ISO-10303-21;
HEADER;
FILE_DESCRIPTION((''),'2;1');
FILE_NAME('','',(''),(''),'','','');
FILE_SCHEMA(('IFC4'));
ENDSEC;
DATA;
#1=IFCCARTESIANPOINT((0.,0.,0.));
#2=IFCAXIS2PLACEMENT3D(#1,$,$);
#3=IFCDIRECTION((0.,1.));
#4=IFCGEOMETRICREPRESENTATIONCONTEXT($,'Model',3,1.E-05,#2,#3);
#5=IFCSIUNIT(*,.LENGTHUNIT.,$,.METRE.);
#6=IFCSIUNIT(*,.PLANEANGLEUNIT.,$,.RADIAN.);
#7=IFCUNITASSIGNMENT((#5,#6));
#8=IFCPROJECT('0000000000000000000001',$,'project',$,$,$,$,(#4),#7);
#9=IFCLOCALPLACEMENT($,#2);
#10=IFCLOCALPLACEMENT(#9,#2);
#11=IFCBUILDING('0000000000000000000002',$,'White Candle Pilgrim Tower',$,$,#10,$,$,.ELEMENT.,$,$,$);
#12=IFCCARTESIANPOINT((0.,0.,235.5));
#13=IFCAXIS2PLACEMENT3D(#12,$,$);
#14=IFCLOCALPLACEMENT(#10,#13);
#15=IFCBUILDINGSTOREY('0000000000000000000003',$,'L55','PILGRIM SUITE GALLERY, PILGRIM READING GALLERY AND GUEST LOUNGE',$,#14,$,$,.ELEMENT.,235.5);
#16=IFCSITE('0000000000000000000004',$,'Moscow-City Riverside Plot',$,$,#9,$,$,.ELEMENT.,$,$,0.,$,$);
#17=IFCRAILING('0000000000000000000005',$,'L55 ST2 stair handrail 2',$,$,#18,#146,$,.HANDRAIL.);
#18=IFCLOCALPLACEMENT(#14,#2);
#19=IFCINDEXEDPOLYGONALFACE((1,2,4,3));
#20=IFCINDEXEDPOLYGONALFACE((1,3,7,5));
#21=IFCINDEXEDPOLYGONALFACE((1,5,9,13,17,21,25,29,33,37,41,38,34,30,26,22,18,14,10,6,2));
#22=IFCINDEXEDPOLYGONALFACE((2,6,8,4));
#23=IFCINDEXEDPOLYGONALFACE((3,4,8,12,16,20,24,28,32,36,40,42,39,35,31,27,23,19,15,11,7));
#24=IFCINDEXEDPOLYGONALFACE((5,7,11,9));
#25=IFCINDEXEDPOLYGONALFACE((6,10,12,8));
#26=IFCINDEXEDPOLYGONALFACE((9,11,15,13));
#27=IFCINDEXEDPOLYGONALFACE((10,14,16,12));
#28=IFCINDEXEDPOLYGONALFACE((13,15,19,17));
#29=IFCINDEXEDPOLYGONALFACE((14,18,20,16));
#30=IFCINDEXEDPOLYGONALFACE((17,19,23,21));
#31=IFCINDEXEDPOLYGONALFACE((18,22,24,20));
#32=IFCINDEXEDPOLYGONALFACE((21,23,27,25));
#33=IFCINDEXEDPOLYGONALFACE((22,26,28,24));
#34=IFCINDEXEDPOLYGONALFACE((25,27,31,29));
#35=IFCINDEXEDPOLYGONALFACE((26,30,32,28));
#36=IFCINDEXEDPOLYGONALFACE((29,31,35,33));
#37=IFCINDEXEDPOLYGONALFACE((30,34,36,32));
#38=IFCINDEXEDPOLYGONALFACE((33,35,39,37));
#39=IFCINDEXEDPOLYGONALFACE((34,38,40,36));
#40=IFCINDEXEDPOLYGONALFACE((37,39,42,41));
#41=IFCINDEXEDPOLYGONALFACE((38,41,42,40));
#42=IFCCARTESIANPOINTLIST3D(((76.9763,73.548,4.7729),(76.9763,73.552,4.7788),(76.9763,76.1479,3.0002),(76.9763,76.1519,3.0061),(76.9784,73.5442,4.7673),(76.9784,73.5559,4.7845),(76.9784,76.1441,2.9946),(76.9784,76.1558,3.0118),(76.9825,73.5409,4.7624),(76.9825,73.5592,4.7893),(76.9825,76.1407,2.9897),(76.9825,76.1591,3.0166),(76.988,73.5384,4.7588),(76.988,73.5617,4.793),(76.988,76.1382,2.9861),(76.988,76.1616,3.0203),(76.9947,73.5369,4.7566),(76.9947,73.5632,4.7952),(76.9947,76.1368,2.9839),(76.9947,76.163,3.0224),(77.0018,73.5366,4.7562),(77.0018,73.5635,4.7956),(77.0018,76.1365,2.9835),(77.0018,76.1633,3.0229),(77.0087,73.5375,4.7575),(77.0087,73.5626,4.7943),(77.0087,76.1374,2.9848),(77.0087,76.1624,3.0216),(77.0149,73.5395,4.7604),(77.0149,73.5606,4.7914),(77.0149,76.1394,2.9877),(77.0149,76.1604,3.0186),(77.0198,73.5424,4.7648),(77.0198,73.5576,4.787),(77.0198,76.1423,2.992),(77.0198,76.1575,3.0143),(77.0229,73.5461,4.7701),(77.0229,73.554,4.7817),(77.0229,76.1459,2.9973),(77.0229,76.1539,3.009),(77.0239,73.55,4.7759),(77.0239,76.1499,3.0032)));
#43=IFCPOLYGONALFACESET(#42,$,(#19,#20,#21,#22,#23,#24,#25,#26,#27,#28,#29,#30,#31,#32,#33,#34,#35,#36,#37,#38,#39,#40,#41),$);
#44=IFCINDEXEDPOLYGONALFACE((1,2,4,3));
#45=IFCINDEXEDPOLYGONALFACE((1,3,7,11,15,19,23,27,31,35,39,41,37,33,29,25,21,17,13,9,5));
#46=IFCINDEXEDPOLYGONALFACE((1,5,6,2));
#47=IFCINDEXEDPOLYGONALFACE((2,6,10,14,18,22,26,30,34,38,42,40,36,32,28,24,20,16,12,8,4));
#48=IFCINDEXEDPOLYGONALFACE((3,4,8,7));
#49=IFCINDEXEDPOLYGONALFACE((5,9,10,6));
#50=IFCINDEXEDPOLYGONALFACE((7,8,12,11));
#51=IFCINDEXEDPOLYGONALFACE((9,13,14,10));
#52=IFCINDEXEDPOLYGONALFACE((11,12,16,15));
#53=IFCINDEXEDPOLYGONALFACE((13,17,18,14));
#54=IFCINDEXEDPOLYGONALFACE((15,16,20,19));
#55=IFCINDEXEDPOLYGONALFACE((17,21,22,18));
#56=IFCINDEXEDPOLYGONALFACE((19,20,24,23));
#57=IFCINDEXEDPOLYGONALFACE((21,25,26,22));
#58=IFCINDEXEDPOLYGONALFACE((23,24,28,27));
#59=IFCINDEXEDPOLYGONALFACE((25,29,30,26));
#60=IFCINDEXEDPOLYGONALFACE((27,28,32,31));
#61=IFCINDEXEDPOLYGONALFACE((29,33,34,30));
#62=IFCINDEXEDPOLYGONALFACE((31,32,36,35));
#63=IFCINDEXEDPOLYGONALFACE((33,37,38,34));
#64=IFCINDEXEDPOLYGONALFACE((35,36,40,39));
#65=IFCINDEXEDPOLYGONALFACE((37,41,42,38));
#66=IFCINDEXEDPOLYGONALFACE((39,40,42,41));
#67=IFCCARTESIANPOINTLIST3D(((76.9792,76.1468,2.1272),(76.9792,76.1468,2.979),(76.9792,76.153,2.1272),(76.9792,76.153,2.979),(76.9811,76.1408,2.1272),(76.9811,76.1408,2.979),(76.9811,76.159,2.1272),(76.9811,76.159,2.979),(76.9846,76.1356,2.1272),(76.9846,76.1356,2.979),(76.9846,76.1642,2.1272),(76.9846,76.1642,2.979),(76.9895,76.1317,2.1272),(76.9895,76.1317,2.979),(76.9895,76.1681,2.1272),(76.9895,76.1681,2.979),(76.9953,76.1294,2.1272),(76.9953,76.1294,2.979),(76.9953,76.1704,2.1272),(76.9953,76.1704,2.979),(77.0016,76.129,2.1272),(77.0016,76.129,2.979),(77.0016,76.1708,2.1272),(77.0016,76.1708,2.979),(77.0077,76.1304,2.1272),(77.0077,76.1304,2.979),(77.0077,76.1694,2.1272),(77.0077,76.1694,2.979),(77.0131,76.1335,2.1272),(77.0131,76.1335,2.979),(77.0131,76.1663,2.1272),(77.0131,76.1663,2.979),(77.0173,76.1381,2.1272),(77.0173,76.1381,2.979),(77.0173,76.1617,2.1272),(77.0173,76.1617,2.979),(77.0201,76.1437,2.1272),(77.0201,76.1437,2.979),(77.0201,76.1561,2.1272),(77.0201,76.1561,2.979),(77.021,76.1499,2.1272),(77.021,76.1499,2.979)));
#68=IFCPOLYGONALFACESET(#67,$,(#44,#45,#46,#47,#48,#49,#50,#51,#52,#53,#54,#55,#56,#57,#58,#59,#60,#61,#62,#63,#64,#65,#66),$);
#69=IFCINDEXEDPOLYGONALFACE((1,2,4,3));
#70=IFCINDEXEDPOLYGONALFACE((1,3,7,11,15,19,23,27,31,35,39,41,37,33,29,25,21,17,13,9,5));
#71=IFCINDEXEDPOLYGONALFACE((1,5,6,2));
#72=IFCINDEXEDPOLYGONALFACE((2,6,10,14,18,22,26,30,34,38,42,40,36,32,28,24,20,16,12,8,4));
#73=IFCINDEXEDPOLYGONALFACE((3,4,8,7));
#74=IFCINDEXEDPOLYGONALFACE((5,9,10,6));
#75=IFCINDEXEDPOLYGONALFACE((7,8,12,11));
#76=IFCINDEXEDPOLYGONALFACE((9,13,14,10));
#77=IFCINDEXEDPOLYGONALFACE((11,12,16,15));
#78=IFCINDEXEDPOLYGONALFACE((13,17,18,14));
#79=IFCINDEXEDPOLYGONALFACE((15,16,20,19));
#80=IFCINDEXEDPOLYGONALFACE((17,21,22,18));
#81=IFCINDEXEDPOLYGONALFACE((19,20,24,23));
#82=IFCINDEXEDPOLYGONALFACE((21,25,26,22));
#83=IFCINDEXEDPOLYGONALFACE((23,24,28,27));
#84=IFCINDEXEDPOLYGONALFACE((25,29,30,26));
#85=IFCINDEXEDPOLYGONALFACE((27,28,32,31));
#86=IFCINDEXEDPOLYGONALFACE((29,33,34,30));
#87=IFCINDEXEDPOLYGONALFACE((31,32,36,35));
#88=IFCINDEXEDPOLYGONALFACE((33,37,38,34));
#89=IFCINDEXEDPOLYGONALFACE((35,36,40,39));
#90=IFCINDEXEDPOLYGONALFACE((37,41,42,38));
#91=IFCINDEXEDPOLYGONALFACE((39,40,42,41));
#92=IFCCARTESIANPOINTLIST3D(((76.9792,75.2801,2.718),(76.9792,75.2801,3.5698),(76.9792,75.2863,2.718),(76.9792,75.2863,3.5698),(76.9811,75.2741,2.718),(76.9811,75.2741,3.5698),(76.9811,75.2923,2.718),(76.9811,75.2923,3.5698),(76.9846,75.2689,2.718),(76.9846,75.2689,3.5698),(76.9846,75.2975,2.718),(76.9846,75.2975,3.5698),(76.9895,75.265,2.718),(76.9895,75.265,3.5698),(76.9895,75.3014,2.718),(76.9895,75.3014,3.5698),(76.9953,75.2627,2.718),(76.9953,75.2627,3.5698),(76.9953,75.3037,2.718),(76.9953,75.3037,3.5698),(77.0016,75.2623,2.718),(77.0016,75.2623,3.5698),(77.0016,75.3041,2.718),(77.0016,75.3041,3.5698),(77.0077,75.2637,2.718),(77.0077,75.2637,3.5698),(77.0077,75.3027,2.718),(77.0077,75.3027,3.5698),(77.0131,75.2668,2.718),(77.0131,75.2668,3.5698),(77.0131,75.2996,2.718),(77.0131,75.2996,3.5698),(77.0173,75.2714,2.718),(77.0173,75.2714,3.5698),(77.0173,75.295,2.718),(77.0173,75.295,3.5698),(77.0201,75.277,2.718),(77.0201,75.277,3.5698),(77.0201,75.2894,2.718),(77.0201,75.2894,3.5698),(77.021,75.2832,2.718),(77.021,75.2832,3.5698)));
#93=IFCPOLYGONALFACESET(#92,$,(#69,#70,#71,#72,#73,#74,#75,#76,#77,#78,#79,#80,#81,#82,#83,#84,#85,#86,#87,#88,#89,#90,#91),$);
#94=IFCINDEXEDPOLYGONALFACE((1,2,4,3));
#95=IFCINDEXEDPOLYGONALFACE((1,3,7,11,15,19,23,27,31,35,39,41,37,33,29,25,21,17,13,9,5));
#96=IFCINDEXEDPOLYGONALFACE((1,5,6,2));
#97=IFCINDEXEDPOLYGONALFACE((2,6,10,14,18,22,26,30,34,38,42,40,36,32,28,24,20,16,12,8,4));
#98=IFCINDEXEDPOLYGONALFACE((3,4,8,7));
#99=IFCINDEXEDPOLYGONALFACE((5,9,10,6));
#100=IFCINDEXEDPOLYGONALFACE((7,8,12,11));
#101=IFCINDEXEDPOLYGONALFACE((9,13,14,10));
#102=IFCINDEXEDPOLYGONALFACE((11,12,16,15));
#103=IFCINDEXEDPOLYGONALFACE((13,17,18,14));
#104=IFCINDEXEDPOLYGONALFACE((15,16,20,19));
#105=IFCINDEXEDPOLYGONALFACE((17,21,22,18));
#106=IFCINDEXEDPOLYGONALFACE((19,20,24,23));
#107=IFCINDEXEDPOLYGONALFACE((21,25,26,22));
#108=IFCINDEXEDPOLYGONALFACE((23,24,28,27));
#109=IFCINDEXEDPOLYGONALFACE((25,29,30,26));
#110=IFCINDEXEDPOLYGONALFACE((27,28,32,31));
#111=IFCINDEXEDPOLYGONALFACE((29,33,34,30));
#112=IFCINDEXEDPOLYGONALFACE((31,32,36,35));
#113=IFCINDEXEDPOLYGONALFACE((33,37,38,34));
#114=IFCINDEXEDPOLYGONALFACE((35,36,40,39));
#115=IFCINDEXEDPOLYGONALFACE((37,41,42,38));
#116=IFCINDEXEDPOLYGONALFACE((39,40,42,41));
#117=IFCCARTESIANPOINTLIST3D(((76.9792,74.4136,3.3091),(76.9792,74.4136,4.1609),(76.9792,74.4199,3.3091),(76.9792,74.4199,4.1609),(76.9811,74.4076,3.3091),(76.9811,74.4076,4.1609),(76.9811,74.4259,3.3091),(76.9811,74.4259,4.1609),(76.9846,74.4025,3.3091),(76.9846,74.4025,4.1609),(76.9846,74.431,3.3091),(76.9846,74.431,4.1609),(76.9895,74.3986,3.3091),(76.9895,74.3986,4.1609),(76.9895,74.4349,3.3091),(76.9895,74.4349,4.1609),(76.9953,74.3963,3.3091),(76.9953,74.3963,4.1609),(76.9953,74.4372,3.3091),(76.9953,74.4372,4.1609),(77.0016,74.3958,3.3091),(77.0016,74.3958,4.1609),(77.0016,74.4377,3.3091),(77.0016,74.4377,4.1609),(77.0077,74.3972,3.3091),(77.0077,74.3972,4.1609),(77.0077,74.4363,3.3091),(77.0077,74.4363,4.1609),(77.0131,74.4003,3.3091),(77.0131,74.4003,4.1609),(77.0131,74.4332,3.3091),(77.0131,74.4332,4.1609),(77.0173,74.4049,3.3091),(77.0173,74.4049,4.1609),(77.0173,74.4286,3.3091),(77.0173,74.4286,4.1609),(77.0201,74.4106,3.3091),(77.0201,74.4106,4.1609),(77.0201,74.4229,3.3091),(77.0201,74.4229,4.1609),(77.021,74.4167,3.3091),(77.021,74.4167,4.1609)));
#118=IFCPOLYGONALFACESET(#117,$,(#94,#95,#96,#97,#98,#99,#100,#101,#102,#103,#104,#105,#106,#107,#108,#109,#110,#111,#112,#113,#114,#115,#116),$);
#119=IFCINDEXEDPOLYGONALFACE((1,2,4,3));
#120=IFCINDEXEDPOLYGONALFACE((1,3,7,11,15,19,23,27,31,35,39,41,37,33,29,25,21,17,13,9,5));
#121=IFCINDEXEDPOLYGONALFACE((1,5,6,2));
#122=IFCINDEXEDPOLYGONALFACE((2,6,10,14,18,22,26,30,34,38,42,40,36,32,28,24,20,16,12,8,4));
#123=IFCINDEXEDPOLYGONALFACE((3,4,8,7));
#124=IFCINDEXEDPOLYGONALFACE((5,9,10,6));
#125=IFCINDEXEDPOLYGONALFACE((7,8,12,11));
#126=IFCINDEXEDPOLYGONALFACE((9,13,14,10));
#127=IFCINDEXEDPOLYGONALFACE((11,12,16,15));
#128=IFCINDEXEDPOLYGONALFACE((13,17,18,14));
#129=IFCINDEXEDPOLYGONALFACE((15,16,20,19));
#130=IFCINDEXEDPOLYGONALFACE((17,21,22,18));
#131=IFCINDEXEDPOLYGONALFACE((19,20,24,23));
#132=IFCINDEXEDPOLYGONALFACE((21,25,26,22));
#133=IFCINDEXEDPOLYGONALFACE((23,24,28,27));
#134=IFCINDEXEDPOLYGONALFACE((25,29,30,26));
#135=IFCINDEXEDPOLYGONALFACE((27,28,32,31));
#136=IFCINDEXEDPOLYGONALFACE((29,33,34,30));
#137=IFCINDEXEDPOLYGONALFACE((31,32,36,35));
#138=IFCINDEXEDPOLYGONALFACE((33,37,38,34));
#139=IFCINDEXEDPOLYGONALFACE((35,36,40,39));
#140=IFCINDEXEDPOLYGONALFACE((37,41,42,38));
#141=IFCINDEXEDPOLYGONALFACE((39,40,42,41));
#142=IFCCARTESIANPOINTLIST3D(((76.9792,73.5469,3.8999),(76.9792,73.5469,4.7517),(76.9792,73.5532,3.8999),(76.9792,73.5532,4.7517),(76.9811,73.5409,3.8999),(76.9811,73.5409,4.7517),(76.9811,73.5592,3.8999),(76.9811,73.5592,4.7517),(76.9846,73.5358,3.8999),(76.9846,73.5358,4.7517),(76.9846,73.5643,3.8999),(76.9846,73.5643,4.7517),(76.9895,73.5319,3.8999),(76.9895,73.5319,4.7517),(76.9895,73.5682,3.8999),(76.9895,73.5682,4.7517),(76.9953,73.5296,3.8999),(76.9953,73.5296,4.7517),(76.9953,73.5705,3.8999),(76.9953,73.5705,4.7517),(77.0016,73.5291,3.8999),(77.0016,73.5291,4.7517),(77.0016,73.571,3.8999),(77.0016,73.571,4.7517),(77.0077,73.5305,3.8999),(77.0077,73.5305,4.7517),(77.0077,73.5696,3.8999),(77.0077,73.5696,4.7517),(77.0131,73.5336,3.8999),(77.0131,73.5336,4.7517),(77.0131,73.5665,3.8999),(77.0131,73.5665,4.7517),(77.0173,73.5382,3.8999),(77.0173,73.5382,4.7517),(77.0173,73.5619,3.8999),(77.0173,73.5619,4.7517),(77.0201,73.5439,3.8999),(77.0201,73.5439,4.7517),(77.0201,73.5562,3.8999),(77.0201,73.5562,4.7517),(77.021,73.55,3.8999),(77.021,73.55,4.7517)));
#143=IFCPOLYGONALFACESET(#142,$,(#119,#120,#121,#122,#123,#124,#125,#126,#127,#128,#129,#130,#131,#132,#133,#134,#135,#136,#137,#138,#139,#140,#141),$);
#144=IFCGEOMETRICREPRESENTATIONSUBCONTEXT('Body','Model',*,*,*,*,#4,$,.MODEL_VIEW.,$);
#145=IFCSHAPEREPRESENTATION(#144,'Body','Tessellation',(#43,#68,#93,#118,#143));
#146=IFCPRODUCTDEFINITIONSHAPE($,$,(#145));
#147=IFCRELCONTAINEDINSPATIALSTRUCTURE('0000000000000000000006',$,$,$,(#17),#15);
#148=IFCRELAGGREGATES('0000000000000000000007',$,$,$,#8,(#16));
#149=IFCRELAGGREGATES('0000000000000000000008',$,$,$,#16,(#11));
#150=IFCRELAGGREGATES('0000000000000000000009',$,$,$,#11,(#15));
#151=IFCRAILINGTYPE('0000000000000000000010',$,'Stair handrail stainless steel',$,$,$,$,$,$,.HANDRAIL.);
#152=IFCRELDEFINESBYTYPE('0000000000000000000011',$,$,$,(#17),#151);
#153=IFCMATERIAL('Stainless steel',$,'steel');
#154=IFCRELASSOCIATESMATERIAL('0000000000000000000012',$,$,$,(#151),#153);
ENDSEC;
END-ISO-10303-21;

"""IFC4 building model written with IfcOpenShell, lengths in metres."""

from ifc_helpers import new_model, si_unit, direction, frame, origin, origin_2d, place, context, subcontext, project, spatial, circle, extrude, material, type_object, element, save


model = new_model("IFC4")

# Units and contexts
model_context = context("Model", 3, precision=1e-05, world=origin(), true_north=direction((0.0, 1.0)))
body_context = subcontext(model_context, "Body", "Model", "MODEL_VIEW")
ifc_project = project(units=[si_unit("LENGTHUNIT", "METRE"), si_unit("PLANEANGLEUNIT", "RADIAN")], contexts=[model_context])

# Site, building, storey
site_placement = place(None, origin())
site = spatial("IfcSite", under=ifc_project, at=site_placement, Name="Moscow-City Riverside Plot", CompositionType="ELEMENT", RefElevation=0.0)
building_placement = place(site_placement, origin())
building = spatial("IfcBuilding", under=site, at=building_placement, Name="White Candle Pilgrim Tower", CompositionType="ELEMENT")
storey_placement = place(building_placement, frame((0.0, 0.0, 235.5)))
storey = spatial("IfcBuildingStorey", under=building, at=storey_placement, Name="L55", Description="PILGRIM SUITE GALLERY, PILGRIM READING GALLERY AND GUEST LOUNGE", CompositionType="ELEMENT", Elevation=235.5)

# Railing
ifc_material_1 = material(Name="Stainless steel", Category="steel")
railing_type_1 = type_object("IfcRailingType", Name="Stair handrail stainless steel", PredefinedType="HANDRAIL", material=ifc_material_1)
railing_1_placement = place(storey_placement, frame((77.0, 76.1499, 2.1272)))
element("IfcRailing", 1, at=railing_1_placement, inside=storey, type_object=railing_type_1, Name="L55 ST2 stair handrail 2", PredefinedType="HANDRAIL", context=body_context, shape_type="SweptSolid", body=[
    extrude(circle(Radius=0.0239, at=origin_2d()), frame((0.0, 0.0, 0.876), z_axis=(0.0, -0.826216, 0.563354), x_axis=(1.0, 0.0, 0.0)), (0.0, 0.0, 1.0), 3.1467),
    extrude(circle(Radius=0.021, at=origin_2d()), origin(), (0.0, 0.0, 1.0), 0.8518),
    extrude(circle(Radius=0.021, at=origin_2d()), frame((0.0, -0.8667, 0.5908)), (0.0, 0.0, 1.0), 0.8518),
    extrude(circle(Radius=0.021, at=origin_2d()), frame((0.0, -1.7332, 1.1819)), (0.0, 0.0, 1.0), 0.8518),
    extrude(circle(Radius=0.021, at=origin_2d()), frame((0.0, -2.5999, 1.7727)), (0.0, 0.0, 1.0), 0.8518),
])

save(model, "model.ifc")
